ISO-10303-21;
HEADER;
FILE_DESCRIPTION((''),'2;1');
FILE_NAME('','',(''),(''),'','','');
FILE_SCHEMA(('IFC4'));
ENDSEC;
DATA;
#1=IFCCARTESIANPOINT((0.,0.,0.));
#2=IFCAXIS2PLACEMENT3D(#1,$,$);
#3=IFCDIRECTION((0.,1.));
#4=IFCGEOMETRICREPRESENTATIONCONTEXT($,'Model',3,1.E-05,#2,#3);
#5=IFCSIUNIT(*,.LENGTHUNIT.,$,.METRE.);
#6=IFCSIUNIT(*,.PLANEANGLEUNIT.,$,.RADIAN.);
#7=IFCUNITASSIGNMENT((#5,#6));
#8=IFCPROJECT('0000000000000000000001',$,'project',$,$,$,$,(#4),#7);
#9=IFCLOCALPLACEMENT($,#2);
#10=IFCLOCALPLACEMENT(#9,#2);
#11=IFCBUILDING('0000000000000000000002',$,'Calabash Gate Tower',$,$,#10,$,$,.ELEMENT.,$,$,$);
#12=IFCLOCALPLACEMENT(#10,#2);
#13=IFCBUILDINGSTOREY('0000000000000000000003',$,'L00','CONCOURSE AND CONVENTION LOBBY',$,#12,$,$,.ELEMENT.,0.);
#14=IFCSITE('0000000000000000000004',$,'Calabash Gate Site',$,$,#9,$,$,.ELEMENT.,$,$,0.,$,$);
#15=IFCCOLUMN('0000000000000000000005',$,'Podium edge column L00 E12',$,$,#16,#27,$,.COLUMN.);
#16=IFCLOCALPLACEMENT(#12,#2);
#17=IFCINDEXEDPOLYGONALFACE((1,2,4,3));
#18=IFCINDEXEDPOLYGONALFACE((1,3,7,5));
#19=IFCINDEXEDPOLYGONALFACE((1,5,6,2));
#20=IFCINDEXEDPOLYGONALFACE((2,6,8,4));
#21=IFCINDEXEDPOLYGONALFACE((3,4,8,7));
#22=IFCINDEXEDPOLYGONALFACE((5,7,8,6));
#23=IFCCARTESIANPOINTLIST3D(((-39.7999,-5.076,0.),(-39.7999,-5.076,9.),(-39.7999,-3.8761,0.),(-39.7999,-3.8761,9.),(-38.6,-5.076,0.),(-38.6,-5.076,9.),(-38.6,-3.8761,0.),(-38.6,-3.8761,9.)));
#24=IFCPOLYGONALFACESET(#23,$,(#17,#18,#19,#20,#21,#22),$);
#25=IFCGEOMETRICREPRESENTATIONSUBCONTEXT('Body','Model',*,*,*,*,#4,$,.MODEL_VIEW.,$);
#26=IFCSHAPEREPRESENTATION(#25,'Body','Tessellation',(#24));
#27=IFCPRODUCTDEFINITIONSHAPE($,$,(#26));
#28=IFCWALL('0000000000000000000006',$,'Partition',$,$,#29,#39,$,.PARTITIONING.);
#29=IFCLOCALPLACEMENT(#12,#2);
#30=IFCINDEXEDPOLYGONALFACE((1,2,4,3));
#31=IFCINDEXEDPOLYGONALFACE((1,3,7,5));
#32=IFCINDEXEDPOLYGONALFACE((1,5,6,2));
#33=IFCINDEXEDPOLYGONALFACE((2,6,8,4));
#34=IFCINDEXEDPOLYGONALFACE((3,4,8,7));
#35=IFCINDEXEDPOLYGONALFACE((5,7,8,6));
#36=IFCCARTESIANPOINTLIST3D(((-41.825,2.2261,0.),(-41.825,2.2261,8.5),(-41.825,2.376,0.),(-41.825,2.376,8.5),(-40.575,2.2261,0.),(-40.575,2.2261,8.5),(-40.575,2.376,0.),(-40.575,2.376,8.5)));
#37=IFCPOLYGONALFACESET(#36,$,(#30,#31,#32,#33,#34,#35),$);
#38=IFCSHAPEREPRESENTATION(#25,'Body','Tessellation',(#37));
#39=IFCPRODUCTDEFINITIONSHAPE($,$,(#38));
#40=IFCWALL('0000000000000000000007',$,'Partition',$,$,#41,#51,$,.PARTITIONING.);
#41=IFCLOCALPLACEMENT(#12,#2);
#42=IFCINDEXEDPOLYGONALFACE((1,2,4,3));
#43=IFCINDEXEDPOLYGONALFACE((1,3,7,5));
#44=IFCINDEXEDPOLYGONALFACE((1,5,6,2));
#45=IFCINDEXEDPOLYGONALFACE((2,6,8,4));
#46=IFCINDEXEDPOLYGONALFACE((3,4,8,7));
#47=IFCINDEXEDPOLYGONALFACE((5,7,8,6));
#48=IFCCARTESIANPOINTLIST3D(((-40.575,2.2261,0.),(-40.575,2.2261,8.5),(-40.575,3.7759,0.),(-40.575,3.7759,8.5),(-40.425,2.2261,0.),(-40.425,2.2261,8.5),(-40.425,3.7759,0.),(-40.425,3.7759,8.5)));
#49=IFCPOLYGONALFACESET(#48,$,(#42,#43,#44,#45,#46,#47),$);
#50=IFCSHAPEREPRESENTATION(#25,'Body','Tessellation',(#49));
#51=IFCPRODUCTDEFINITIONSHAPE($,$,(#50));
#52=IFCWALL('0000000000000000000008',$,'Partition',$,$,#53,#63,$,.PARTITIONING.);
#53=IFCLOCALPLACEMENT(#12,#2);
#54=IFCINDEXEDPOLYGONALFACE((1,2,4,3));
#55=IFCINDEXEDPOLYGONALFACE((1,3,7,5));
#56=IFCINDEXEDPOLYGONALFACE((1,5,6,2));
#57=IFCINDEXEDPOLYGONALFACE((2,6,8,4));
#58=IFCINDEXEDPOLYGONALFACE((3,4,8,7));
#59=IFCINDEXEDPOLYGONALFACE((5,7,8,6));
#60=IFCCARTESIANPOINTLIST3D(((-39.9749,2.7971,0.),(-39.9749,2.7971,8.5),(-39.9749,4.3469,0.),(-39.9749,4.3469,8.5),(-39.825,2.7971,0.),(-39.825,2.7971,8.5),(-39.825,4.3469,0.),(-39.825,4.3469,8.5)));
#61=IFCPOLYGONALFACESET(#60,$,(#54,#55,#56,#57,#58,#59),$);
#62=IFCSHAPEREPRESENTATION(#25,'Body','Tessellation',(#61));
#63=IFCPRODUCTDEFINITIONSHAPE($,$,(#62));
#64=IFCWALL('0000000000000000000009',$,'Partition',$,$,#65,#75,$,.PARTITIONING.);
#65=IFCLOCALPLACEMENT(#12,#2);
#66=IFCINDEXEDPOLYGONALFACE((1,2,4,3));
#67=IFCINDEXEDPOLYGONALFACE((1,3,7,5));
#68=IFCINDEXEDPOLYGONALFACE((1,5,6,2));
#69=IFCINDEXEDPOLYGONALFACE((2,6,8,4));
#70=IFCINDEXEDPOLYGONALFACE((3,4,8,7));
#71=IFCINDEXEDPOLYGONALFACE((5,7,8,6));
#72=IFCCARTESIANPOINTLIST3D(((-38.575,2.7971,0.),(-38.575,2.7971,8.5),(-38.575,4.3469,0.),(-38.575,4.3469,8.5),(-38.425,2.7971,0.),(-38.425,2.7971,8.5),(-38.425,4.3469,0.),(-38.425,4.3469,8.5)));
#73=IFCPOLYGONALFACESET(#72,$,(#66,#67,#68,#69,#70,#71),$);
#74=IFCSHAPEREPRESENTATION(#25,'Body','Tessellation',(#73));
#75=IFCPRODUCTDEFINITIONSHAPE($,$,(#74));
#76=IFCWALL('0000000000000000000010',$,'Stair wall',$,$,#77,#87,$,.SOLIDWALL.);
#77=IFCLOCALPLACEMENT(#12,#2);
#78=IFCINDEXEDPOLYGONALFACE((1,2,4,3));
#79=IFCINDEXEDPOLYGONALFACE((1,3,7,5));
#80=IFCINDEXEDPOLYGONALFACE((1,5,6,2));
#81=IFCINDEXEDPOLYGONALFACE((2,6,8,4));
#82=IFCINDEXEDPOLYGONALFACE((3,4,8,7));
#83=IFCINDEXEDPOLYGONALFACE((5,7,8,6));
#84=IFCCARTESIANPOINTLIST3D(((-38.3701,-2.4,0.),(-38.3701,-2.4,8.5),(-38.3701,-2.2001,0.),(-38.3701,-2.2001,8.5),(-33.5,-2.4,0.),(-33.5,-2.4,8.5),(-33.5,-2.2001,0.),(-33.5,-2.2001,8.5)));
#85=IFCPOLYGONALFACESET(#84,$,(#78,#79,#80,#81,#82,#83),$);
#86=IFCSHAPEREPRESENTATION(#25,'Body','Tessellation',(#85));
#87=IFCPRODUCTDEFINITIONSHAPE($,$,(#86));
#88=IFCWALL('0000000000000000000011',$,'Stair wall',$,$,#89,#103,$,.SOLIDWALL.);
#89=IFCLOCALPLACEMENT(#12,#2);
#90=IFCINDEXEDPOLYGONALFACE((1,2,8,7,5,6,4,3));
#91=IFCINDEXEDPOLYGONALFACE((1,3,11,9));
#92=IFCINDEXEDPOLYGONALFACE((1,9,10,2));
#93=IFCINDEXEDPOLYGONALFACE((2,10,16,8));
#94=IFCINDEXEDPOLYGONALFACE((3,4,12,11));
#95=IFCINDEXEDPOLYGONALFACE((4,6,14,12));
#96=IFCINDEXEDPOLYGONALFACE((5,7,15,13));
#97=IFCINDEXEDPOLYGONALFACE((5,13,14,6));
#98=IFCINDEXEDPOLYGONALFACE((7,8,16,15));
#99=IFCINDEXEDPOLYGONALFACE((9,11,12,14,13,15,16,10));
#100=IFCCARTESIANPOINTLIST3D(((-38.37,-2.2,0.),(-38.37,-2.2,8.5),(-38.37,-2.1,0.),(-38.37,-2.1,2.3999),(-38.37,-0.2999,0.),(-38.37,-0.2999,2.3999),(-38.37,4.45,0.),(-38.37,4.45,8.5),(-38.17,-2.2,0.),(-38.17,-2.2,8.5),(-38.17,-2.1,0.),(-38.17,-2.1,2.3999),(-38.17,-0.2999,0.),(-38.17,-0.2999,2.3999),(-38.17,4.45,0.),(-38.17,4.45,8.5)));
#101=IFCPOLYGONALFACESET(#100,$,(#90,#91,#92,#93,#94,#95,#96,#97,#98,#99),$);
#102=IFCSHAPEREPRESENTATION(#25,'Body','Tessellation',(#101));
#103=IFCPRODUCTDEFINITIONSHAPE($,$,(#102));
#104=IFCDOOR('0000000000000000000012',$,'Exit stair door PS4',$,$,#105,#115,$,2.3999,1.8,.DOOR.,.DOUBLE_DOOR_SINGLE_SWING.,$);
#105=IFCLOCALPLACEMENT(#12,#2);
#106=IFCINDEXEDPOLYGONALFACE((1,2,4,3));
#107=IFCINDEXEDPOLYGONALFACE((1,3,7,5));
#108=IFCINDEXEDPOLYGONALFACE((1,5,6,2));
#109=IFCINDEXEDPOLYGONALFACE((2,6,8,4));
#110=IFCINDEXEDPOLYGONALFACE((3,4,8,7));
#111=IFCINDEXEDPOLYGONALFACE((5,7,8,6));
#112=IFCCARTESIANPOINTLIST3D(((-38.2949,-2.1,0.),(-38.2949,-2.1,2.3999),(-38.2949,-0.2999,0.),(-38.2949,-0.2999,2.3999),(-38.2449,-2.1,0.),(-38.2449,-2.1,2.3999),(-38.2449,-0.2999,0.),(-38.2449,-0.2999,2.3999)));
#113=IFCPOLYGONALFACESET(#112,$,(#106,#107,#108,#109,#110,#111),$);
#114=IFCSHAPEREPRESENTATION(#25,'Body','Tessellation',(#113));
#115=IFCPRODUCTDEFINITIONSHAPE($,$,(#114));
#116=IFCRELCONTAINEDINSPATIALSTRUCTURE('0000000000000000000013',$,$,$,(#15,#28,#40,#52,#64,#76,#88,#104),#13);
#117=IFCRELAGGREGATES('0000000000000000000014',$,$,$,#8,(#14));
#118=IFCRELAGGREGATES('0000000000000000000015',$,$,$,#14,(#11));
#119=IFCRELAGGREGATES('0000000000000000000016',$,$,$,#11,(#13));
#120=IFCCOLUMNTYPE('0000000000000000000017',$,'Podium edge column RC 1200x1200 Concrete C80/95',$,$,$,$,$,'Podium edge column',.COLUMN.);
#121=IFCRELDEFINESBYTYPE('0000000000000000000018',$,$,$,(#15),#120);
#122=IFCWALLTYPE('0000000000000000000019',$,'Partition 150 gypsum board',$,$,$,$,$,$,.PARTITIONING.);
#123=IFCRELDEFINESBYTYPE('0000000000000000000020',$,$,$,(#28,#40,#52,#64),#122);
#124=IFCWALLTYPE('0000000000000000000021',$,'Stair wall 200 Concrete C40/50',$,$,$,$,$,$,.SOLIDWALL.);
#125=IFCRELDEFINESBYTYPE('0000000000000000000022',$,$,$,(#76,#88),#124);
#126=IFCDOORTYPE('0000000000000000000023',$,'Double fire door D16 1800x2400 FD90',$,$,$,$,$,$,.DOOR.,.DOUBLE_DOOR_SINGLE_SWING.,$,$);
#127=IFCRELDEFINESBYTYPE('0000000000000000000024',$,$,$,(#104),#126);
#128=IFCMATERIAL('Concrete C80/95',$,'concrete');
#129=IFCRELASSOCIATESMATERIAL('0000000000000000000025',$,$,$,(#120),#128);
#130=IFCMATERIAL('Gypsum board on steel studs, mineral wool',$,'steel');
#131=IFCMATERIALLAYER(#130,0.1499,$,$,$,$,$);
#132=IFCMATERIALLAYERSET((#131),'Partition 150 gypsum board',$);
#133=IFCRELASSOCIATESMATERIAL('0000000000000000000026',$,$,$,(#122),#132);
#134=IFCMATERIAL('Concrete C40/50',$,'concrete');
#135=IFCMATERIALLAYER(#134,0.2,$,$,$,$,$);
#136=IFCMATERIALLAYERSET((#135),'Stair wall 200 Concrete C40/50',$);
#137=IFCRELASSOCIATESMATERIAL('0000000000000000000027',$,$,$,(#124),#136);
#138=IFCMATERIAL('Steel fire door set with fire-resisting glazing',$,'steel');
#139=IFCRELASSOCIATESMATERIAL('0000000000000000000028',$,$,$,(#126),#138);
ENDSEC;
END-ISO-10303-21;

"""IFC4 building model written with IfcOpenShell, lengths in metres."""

from ifc_helpers import new_model, si_unit, direction, frame, frame_2d, origin, origin_2d, place, context, subcontext, project, spatial, rectangle, extrude, material, layer, layer_set, material_profile, profile_set, type_object, element, fill, save


model = new_model("IFC4")

# Units and contexts
model_context = context("Model", 3, precision=1e-05, world=origin(), true_north=direction((0.0, 1.0)))
body_context = subcontext(model_context, "Body", "Model", "MODEL_VIEW")
ifc_project = project(units=[si_unit("LENGTHUNIT", "METRE"), si_unit("PLANEANGLEUNIT", "RADIAN")], contexts=[model_context])

# Site, building, storey
site_placement = place(None, origin())
site = spatial("IfcSite", under=ifc_project, at=site_placement, Name="Calabash Gate Site", CompositionType="ELEMENT", RefElevation=0.0)
building_placement = place(site_placement, origin())
building = spatial("IfcBuilding", under=site, at=building_placement, Name="Calabash Gate Tower", CompositionType="ELEMENT")
storey_placement = place(building_placement, origin())
storey = spatial("IfcBuildingStorey", under=building, at=storey_placement, Name="L00", Description="CONCOURSE AND CONVENTION LOBBY", CompositionType="ELEMENT", Elevation=0.0)

# Column
ifc_material_1 = material(Name="Concrete C80/95", Category="concrete")
ifc_material_profile = material_profile(ifc_material_1, rectangle(XDim=1.2, YDim=1.2, at=origin_2d()))
ifc_profile_set = profile_set([ifc_material_profile], Name="Concrete C80/95")
column_type = type_object("IfcColumnType", Name="Podium edge column RC 1200x1200 Concrete C80/95", ElementType="Podium edge column", PredefinedType="COLUMN", material=ifc_profile_set)
column_placement = place(storey_placement, frame((-39.2, -4.4761, 0.0), z_axis=(0.0, 0.0, 1.0), x_axis=(1.0, 0.0, 0.0)))
element("IfcColumn", 1, at=column_placement, inside=storey, type_object=column_type, Name="Podium edge column L00 E12", PredefinedType="COLUMN", context=body_context, shape_type="SweptSolid", body=[
    extrude(rectangle(XDim=1.2, YDim=1.2, at=origin_2d()), origin(), (0.0, 0.0, 1.0), 9.0),
])

# Walls
ifc_material_2 = material(Name="Gypsum board on steel studs, mineral wool", Category="steel")
ifc_layer_1 = layer(ifc_material_2, 0.1499)
ifc_layer_set_1 = layer_set([ifc_layer_1], Name="Partition 150 gypsum board")
wall_type_1 = type_object("IfcWallType", Name="Partition 150 gypsum board", PredefinedType="PARTITIONING", material=ifc_layer_set_1)
wall_1_placement = place(storey_placement, frame((-41.825, 2.301, 0.0), z_axis=(0.0, 0.0, 1.0), x_axis=(1.0, 0.0, 0.0)))
element("IfcWall", 2, at=wall_1_placement, inside=storey, type_object=wall_type_1, Name="Partition", PredefinedType="PARTITIONING", context=body_context, shape_type="SweptSolid", body=[
    extrude(rectangle(XDim=1.25, YDim=0.1499, at=frame_2d((0.625, 0.0))), origin(), (0.0, 0.0, 1.0), 8.5),
])
for number, where, z_axis, x_axis, name in (
    (3, (-40.5, 2.2261, 0.0), (0.0, 0.0, 1.0), (0.0, 1.0, 0.0), "Partition"),
    (4, (-39.8999, 2.7971, 0.0), (0.0, 0.0, 1.0), (0.0, 1.0, 0.0), "Partition"),
    (5, (-38.5, 2.7971, 0.0), (0.0, 0.0, 1.0), (0.0, 1.0, 0.0), "Partition"),
):
    element("IfcWall", number, at=place(storey_placement, frame(where, z_axis=z_axis, x_axis=x_axis)), inside=storey, type_object=wall_type_1, Name=name, PredefinedType="PARTITIONING", context=body_context, shape_type="SweptSolid", body=[
        extrude(rectangle(XDim=1.5498, YDim=0.1499, at=frame_2d((0.7749, 0.0))), origin(), (0.0, 0.0, 1.0), 8.5),
    ])
ifc_material_3 = material(Name="Concrete C40/50", Category="concrete")
ifc_layer_2 = layer(ifc_material_3, 0.2)
ifc_layer_set_2 = layer_set([ifc_layer_2], Name="Stair wall 200 Concrete C40/50")
wall_type_2 = type_object("IfcWallType", Name="Stair wall 200 Concrete C40/50", PredefinedType="SOLIDWALL", material=ifc_layer_set_2)
wall_2_placement = place(storey_placement, frame((-38.3701, -2.3, 0.0), z_axis=(0.0, 0.0, 1.0), x_axis=(1.0, 0.0, 0.0)))
element("IfcWall", 6, at=wall_2_placement, inside=storey, type_object=wall_type_2, Name="Stair wall", PredefinedType="SOLIDWALL", context=body_context, shape_type="SweptSolid", body=[
    extrude(rectangle(XDim=4.8701, YDim=0.2, at=frame_2d((2.4351, 0.0))), origin(), (0.0, 0.0, 1.0), 8.5),
])

# Wall, opening, door
wall_3_placement = place(storey_placement, frame((-38.27, -2.2, 0.0), z_axis=(0.0, 0.0, 1.0), x_axis=(0.0, 1.0, 0.0)))
wall_3 = element("IfcWall", 7, at=wall_3_placement, inside=storey, type_object=wall_type_2, Name="Stair wall", PredefinedType="SOLIDWALL", context=body_context, shape_type="SweptSolid", body=[
    extrude(rectangle(XDim=6.6499, YDim=0.2, at=frame_2d((3.325, 0.0))), origin(), (0.0, 0.0, 1.0), 8.5),
])
opening_placement = place(wall_3_placement, frame((0.1001, 0.0, 0.0)))
opening = element("IfcOpeningElement", 8, at=opening_placement, cuts=wall_3, PredefinedType="OPENING", context=body_context, shape_type="SweptSolid", body=[
    extrude(rectangle(XDim=1.8, YDim=2.3999, at=frame_2d((0.8999, 1.2))), frame((0.0, 0.1099, 0.0), z_axis=(0.0, -1.0, 0.0), x_axis=(1.0, 0.0, 0.0)), (0.0, 0.0, 1.0), 0.22),
])
ifc_material_4 = material(Name="Steel fire door set with fire-resisting glazing", Category="steel")
door_type = type_object("IfcDoorType", Name="Double fire door D16 1800x2400 FD90", OperationType="DOUBLE_DOOR_SINGLE_SWING", PredefinedType="DOOR", material=ifc_material_4)
door_placement = place(opening_placement, origin())
door = element("IfcDoor", 9, at=door_placement, inside=storey, type_object=door_type, Name="Exit stair door PS4", OperationType="DOUBLE_DOOR_SINGLE_SWING", OverallHeight=2.3999, OverallWidth=1.8, PredefinedType="DOOR", context=body_context, shape_type="SweptSolid", body=[
    extrude(rectangle(XDim=1.8, YDim=2.3999, at=frame_2d((0.8999, 1.2))), frame((0.0, 0.0249, 0.0), z_axis=(0.0, -1.0, 0.0), x_axis=(1.0, 0.0, 0.0)), (0.0, 0.0, 1.0), 0.05),
])
fill(opening, door)

save(model, "model.ifc")
